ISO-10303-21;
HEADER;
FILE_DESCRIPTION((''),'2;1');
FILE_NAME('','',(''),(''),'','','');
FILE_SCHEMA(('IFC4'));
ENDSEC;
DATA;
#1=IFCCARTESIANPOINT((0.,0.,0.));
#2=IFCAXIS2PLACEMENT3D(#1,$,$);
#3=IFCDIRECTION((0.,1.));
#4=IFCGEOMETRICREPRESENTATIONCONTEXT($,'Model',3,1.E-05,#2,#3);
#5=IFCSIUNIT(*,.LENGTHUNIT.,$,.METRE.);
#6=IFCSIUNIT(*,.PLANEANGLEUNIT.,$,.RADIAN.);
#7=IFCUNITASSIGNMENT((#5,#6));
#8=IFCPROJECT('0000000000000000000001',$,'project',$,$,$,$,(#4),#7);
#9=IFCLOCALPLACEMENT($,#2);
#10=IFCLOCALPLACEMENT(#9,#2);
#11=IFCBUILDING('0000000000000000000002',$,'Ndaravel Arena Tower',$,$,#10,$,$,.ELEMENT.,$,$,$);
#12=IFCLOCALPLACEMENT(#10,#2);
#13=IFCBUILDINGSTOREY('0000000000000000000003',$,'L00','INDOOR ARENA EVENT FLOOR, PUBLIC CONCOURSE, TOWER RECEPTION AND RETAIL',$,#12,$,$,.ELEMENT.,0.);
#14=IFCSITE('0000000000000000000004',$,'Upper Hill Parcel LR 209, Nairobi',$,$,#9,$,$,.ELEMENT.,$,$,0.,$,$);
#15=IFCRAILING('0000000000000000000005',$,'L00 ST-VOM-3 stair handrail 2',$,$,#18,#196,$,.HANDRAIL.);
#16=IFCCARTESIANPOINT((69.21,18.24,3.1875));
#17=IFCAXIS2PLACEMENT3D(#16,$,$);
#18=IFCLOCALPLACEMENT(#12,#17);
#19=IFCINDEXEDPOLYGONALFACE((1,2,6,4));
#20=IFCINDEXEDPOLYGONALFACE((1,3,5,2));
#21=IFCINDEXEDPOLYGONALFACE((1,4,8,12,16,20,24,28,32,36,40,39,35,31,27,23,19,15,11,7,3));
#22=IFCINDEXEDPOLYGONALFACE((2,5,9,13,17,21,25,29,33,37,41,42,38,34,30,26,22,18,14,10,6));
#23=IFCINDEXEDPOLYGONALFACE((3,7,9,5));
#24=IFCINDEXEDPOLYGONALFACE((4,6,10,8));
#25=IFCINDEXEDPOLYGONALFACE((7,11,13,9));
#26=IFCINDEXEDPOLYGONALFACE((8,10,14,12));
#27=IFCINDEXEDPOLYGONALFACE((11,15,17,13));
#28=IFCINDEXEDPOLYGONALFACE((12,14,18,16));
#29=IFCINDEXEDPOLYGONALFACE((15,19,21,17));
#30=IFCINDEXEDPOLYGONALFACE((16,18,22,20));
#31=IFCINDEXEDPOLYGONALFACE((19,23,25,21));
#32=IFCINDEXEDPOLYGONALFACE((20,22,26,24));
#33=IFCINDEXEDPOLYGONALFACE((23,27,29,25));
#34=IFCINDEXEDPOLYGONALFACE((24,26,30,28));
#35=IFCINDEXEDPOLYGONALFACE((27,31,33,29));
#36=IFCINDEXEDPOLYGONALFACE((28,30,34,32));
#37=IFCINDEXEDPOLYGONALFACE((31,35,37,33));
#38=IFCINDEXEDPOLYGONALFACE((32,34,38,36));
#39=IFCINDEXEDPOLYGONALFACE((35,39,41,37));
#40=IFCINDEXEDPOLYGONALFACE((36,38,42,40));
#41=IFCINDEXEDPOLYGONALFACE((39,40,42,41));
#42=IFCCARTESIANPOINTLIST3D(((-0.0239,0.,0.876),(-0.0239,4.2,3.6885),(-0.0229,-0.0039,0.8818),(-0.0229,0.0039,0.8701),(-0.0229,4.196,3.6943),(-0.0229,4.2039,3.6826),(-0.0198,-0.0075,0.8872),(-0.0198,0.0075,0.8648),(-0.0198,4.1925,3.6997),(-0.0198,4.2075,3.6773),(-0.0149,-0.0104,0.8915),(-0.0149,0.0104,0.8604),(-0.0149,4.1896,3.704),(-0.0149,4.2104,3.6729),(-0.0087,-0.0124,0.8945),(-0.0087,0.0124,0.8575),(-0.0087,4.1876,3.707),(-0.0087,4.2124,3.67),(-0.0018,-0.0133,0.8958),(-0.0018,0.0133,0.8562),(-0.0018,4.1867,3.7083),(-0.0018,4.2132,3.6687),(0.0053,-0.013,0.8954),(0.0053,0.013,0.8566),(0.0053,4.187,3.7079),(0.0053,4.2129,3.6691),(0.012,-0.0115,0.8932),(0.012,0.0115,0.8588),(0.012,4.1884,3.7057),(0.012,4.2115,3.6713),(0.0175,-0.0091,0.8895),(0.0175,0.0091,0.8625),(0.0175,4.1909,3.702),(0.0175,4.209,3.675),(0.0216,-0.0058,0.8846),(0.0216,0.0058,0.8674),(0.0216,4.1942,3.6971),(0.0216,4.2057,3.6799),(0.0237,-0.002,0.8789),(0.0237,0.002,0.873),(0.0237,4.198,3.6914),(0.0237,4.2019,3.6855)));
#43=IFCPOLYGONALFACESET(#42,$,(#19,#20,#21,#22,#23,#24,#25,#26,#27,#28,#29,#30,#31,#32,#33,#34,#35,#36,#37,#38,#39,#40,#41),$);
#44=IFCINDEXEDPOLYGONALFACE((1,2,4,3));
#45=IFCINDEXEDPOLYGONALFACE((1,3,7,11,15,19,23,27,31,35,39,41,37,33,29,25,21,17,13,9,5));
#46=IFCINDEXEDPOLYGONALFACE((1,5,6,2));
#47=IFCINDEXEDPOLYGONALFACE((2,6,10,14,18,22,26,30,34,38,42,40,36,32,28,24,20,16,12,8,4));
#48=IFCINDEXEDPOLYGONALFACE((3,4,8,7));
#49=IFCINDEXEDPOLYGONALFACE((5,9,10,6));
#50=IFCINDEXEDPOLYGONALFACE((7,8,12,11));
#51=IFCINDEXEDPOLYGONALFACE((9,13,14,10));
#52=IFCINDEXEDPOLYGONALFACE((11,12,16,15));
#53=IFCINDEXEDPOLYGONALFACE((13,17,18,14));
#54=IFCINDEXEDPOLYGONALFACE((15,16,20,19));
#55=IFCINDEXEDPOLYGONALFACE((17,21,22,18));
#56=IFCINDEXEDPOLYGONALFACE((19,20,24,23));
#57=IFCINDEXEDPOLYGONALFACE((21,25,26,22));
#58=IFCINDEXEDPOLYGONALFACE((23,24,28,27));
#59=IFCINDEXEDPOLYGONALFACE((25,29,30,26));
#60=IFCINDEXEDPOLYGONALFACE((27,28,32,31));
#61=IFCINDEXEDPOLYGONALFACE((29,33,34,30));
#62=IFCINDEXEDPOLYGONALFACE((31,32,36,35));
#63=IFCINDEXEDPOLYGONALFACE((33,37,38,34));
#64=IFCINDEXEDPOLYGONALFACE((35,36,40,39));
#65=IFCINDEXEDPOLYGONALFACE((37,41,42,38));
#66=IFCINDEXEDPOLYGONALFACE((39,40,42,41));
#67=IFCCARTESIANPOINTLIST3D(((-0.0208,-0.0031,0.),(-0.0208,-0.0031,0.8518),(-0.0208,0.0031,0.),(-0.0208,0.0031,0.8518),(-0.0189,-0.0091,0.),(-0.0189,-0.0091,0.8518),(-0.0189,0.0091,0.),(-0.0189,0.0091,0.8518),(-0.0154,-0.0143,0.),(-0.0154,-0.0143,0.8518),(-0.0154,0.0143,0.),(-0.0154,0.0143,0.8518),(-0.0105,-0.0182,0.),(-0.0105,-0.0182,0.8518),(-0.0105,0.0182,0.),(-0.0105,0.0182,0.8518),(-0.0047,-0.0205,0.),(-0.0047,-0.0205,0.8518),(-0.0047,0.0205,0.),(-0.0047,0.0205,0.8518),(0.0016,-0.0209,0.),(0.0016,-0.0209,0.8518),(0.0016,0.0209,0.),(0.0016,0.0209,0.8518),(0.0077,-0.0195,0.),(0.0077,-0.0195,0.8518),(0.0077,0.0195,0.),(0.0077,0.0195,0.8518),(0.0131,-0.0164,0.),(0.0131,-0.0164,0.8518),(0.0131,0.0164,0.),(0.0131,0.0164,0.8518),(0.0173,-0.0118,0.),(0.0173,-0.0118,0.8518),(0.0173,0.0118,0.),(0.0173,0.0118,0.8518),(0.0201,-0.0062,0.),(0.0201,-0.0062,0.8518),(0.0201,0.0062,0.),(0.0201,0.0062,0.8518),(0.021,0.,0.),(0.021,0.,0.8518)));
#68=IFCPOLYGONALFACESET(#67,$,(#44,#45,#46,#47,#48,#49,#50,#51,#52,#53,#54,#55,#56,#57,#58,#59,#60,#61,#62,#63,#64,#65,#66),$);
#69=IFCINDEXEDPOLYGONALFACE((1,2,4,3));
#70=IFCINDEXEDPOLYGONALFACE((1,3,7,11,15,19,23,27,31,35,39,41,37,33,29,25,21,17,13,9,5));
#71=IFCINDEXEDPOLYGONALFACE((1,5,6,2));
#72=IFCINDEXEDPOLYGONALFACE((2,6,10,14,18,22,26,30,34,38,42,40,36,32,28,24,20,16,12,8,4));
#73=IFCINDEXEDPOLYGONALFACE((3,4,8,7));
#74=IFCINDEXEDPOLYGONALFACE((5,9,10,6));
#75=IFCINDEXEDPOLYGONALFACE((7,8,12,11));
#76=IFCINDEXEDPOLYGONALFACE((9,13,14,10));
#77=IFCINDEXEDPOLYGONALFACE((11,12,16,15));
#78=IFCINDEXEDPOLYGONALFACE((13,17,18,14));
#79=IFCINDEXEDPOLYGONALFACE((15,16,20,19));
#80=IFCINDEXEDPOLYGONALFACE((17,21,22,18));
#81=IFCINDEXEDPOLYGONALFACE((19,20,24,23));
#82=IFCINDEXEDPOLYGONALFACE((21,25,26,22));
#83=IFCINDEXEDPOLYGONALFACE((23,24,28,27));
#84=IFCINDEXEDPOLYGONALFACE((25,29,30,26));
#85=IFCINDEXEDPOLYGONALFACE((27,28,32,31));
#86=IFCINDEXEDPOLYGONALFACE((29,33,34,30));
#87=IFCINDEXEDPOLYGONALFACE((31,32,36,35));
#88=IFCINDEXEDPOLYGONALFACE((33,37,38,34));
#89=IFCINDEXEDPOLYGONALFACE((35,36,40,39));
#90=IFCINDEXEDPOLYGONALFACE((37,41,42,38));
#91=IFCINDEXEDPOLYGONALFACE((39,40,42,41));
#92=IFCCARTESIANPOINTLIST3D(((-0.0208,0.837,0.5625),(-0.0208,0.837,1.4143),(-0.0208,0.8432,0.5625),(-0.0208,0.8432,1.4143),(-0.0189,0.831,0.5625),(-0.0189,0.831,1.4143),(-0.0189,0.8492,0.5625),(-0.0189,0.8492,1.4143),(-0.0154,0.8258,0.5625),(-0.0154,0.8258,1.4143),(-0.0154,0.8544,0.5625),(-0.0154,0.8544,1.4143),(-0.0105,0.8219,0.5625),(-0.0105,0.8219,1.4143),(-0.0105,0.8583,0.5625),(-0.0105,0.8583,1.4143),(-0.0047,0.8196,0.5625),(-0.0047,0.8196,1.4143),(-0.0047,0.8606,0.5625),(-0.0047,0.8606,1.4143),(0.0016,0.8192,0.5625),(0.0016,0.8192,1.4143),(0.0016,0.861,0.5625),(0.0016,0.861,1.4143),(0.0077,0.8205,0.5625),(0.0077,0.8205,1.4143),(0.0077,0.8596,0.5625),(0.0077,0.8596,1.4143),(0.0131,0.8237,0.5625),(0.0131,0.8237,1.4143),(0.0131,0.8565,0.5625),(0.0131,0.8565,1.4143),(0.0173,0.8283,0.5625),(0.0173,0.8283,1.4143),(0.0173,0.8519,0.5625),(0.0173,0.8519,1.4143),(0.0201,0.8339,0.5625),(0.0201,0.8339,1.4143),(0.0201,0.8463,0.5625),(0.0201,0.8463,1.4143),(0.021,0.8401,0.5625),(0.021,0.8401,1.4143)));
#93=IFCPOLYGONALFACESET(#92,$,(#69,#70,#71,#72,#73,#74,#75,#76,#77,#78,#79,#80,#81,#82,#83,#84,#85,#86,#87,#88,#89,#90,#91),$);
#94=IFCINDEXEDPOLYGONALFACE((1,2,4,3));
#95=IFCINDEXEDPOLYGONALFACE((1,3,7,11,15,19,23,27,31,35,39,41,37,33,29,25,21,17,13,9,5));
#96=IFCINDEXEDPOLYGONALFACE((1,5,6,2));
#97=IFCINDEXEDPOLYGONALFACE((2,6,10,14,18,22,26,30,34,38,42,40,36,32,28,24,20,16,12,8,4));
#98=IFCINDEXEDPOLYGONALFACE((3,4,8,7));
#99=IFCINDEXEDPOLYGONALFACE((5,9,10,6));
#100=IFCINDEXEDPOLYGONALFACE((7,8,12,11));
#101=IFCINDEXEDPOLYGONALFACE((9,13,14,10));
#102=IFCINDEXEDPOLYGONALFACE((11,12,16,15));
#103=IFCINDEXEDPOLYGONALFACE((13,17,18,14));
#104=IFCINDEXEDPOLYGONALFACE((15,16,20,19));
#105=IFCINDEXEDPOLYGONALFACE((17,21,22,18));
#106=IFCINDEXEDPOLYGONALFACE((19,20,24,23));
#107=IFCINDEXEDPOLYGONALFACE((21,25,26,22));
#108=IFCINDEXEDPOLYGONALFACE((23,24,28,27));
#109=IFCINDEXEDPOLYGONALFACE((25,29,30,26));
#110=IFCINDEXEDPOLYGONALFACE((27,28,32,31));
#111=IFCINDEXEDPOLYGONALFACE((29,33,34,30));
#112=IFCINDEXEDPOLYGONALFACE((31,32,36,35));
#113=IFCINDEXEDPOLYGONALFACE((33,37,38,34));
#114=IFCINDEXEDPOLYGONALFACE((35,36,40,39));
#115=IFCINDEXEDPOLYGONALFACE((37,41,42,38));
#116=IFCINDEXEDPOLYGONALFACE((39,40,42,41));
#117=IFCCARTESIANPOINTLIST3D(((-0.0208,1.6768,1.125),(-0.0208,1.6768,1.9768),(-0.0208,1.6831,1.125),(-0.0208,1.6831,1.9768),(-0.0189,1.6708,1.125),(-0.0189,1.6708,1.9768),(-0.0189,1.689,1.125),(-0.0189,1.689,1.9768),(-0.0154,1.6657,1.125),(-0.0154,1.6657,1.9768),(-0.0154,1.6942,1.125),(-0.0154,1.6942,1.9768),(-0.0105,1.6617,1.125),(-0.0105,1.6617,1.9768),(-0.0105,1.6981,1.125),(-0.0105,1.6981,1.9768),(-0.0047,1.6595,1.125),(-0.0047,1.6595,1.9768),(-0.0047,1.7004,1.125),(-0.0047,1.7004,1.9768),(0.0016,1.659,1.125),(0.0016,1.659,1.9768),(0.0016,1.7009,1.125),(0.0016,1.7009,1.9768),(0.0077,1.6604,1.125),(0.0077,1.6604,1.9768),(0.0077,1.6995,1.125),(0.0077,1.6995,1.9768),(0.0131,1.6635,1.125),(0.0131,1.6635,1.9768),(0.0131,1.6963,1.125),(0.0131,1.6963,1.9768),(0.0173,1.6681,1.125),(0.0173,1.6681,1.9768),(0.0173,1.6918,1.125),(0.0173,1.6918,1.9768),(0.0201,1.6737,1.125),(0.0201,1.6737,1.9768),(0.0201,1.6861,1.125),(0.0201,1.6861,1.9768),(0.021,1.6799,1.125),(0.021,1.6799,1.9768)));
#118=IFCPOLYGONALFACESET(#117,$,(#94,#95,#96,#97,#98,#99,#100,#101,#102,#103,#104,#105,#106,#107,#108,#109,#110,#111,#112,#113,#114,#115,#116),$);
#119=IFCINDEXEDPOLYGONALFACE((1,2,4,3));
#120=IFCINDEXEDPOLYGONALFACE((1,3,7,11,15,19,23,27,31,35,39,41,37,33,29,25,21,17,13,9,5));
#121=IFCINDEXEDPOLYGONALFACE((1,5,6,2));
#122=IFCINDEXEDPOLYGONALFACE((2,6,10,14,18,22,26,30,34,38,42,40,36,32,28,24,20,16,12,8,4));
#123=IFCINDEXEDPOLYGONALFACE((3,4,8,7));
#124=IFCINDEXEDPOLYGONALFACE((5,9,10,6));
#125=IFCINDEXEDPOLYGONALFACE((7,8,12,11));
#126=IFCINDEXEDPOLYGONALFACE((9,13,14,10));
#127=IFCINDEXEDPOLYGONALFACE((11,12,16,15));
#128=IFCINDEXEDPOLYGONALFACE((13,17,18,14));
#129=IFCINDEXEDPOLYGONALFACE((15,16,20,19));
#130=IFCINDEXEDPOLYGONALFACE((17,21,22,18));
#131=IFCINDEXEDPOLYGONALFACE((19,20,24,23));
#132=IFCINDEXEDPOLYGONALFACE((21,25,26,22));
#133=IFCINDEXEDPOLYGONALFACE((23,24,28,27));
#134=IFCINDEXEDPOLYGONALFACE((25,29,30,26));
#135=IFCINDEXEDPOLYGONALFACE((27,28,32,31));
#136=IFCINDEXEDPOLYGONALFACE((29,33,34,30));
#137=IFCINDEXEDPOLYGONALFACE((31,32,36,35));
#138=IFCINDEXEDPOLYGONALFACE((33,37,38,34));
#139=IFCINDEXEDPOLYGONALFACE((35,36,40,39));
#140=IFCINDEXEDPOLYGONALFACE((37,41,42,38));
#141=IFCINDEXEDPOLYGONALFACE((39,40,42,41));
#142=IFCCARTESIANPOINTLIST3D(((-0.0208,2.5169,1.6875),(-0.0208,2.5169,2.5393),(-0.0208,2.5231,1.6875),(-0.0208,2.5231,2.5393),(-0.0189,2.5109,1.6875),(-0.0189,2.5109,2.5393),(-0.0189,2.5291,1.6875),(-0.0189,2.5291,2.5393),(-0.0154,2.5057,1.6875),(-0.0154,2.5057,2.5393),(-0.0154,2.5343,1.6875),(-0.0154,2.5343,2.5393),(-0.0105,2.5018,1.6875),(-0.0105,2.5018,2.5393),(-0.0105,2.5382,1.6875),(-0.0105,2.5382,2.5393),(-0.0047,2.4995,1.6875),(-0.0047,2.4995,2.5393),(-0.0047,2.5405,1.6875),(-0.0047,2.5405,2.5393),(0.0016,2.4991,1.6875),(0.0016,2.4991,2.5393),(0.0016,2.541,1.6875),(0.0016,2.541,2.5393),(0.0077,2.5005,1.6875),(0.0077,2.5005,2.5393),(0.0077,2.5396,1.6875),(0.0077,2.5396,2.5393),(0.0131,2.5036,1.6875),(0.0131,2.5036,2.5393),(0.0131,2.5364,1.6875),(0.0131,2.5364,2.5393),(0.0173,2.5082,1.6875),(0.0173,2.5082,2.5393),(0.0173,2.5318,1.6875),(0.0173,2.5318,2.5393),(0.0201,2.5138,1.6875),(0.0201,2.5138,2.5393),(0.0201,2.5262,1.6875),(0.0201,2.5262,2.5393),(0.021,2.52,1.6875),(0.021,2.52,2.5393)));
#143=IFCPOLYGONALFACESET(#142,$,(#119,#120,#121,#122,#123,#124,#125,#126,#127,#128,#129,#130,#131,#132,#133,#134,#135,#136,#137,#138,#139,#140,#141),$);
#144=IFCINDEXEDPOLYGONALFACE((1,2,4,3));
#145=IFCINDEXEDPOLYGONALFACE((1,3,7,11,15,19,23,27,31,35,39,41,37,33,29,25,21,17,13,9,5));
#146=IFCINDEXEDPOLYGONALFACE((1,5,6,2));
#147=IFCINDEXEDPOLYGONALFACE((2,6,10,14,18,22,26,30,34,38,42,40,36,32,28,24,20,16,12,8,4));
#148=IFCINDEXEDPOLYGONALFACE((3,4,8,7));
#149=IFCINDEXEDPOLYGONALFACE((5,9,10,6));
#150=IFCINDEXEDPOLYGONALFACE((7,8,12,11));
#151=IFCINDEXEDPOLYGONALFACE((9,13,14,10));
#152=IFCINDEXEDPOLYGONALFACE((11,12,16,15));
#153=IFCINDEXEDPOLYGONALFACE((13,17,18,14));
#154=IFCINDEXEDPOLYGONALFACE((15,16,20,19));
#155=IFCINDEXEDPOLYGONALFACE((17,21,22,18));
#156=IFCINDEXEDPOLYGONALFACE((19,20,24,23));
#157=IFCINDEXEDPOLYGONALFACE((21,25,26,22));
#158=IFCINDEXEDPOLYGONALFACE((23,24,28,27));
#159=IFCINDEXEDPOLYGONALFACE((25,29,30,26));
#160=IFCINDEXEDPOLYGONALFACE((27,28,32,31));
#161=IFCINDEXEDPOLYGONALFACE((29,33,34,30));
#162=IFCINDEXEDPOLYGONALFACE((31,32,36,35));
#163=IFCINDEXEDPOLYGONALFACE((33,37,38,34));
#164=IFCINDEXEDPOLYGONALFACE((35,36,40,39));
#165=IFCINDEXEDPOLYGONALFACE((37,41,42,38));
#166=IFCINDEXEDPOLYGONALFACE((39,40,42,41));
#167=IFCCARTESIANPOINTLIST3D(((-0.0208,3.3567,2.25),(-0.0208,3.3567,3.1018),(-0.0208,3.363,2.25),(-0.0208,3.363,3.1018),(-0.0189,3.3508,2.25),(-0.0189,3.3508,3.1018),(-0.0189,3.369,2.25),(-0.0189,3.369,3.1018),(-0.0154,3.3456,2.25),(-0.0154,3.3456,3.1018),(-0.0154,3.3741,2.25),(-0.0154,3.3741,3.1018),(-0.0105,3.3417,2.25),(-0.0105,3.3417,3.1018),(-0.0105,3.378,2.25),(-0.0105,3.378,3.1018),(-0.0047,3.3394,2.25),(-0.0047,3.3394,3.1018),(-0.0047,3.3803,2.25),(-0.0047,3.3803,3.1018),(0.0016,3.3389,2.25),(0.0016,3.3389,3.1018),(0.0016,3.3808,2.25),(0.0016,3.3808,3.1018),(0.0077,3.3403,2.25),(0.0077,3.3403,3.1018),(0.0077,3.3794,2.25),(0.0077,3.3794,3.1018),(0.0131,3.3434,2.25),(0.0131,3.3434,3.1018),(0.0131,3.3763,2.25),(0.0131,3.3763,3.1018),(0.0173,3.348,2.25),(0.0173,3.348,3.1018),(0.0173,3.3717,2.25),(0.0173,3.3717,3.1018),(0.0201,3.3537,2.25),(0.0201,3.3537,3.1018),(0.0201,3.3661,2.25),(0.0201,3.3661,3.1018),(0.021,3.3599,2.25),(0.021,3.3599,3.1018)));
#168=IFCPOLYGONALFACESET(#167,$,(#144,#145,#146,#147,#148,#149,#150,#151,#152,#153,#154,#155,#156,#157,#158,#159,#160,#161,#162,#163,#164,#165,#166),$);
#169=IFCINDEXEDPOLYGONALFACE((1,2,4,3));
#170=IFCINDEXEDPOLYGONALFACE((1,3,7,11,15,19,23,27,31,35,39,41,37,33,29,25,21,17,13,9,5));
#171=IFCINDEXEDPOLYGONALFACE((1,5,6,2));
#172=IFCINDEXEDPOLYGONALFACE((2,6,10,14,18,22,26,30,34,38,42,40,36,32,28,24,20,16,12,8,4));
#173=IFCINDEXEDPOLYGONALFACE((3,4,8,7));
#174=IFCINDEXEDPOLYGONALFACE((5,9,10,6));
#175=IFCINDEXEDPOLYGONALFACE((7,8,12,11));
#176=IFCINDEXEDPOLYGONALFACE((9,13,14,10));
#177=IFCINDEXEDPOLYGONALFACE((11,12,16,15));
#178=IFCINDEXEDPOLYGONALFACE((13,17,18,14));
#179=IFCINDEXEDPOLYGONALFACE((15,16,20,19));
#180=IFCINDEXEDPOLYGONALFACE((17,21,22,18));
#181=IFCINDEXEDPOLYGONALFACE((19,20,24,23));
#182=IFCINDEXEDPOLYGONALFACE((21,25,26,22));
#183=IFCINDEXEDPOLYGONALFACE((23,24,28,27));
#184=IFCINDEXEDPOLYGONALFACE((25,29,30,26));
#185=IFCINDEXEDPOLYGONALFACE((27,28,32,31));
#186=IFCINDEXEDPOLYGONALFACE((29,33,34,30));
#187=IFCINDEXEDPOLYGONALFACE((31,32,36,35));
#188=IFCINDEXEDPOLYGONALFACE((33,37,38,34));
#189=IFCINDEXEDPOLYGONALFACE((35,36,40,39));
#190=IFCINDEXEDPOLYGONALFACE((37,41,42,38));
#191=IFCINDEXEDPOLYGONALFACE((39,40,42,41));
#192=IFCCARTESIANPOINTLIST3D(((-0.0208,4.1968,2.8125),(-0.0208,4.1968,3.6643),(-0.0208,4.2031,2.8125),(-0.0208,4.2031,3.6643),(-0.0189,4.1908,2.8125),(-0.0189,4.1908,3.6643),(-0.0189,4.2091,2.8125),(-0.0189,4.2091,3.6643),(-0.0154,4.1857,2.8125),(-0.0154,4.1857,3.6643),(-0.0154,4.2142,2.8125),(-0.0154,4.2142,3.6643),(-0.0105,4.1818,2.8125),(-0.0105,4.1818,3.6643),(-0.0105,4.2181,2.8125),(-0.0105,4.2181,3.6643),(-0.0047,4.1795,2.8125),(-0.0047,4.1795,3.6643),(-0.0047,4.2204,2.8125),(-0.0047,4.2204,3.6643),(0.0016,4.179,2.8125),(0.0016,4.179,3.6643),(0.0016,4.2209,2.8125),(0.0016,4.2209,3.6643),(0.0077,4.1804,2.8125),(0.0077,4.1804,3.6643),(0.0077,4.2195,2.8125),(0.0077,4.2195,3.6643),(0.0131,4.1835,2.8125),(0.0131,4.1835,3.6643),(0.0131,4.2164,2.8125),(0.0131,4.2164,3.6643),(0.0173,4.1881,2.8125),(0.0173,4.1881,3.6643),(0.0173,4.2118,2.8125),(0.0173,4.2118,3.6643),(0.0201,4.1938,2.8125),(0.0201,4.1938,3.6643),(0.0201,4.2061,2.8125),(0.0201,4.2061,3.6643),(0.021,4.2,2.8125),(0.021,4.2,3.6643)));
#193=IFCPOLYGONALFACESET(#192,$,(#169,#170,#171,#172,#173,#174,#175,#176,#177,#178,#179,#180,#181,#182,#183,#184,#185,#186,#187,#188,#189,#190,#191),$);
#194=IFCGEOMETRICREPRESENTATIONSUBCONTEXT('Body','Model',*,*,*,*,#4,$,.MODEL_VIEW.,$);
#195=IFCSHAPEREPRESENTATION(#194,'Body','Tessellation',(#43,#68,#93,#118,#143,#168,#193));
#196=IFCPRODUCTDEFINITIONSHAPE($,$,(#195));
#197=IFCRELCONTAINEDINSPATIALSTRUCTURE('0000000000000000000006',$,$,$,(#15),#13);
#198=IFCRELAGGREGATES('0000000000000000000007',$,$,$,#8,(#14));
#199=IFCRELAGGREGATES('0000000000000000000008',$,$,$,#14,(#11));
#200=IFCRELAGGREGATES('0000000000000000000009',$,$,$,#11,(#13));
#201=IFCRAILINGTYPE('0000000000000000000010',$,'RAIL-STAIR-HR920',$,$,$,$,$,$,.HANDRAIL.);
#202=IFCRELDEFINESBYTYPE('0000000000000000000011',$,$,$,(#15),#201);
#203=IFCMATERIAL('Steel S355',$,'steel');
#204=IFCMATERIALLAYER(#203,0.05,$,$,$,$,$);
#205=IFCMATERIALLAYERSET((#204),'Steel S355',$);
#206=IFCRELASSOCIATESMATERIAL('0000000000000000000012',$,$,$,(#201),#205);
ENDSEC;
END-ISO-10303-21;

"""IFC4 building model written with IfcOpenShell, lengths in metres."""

from ifc_helpers import new_model, si_unit, direction, frame, origin, origin_2d, place, context, subcontext, project, spatial, circle, extrude, material, layer, layer_set, type_object, element, save


model = new_model("IFC4")

# Units and contexts
model_context = context("Model", 3, precision=1e-05, world=origin(), true_north=direction((0.0, 1.0)))
body_context = subcontext(model_context, "Body", "Model", "MODEL_VIEW")
ifc_project = project(units=[si_unit("LENGTHUNIT", "METRE"), si_unit("PLANEANGLEUNIT", "RADIAN")], contexts=[model_context])

# Site, building, storey
site_placement = place(None, origin())
site = spatial("IfcSite", under=ifc_project, at=site_placement, Name="Upper Hill Parcel LR 209, Nairobi", CompositionType="ELEMENT", RefElevation=0.0)
building_placement = place(site_placement, origin())
building = spatial("IfcBuilding", under=site, at=building_placement, Name="Ndaravel Arena Tower", CompositionType="ELEMENT")
storey_placement = place(building_placement, origin())
storey = spatial("IfcBuildingStorey", under=building, at=storey_placement, Name="L00", Description="INDOOR ARENA EVENT FLOOR, PUBLIC CONCOURSE, TOWER RECEPTION AND RETAIL", CompositionType="ELEMENT", Elevation=0.0)

# Railing
ifc_material_1 = material(Name="Steel S355", Category="steel")
ifc_layer_1 = layer(ifc_material_1, 0.05)
ifc_layer_set_1 = layer_set([ifc_layer_1], Name="Steel S355")
railing_type_1 = type_object("IfcRailingType", Name="RAIL-STAIR-HR920", PredefinedType="HANDRAIL", material=ifc_layer_set_1)
railing_1_placement = place(storey_placement, frame((69.21, 18.24, 3.1875)))
element("IfcRailing", 1, at=railing_1_placement, inside=storey, type_object=railing_type_1, Name="L00 ST-VOM-3 stair handrail 2", PredefinedType="HANDRAIL", context=body_context, shape_type="SweptSolid", body=[
    extrude(circle(Radius=0.0239, at=origin_2d()), frame((0.0, 0.0, 0.876), z_axis=(0.0, 0.830904, 0.556416), x_axis=(-1.0, 0.0, 0.0)), (0.0, 0.0, 1.0), 5.0547),
    extrude(circle(Radius=0.021, at=origin_2d()), origin(), (0.0, 0.0, 1.0), 0.8518),
    extrude(circle(Radius=0.021, at=origin_2d()), frame((0.0, 0.8401, 0.5625)), (0.0, 0.0, 1.0), 0.8518),
    extrude(circle(Radius=0.021, at=origin_2d()), frame((0.0, 1.6799, 1.125)), (0.0, 0.0, 1.0), 0.8518),
    extrude(circle(Radius=0.021, at=origin_2d()), frame((0.0, 2.52, 1.6875)), (0.0, 0.0, 1.0), 0.8518),
    extrude(circle(Radius=0.021, at=origin_2d()), frame((0.0, 3.3599, 2.25)), (0.0, 0.0, 1.0), 0.8518),
    extrude(circle(Radius=0.021, at=origin_2d()), frame((0.0, 4.2, 2.8125)), (0.0, 0.0, 1.0), 0.8518),
])

save(model, "model.ifc")
